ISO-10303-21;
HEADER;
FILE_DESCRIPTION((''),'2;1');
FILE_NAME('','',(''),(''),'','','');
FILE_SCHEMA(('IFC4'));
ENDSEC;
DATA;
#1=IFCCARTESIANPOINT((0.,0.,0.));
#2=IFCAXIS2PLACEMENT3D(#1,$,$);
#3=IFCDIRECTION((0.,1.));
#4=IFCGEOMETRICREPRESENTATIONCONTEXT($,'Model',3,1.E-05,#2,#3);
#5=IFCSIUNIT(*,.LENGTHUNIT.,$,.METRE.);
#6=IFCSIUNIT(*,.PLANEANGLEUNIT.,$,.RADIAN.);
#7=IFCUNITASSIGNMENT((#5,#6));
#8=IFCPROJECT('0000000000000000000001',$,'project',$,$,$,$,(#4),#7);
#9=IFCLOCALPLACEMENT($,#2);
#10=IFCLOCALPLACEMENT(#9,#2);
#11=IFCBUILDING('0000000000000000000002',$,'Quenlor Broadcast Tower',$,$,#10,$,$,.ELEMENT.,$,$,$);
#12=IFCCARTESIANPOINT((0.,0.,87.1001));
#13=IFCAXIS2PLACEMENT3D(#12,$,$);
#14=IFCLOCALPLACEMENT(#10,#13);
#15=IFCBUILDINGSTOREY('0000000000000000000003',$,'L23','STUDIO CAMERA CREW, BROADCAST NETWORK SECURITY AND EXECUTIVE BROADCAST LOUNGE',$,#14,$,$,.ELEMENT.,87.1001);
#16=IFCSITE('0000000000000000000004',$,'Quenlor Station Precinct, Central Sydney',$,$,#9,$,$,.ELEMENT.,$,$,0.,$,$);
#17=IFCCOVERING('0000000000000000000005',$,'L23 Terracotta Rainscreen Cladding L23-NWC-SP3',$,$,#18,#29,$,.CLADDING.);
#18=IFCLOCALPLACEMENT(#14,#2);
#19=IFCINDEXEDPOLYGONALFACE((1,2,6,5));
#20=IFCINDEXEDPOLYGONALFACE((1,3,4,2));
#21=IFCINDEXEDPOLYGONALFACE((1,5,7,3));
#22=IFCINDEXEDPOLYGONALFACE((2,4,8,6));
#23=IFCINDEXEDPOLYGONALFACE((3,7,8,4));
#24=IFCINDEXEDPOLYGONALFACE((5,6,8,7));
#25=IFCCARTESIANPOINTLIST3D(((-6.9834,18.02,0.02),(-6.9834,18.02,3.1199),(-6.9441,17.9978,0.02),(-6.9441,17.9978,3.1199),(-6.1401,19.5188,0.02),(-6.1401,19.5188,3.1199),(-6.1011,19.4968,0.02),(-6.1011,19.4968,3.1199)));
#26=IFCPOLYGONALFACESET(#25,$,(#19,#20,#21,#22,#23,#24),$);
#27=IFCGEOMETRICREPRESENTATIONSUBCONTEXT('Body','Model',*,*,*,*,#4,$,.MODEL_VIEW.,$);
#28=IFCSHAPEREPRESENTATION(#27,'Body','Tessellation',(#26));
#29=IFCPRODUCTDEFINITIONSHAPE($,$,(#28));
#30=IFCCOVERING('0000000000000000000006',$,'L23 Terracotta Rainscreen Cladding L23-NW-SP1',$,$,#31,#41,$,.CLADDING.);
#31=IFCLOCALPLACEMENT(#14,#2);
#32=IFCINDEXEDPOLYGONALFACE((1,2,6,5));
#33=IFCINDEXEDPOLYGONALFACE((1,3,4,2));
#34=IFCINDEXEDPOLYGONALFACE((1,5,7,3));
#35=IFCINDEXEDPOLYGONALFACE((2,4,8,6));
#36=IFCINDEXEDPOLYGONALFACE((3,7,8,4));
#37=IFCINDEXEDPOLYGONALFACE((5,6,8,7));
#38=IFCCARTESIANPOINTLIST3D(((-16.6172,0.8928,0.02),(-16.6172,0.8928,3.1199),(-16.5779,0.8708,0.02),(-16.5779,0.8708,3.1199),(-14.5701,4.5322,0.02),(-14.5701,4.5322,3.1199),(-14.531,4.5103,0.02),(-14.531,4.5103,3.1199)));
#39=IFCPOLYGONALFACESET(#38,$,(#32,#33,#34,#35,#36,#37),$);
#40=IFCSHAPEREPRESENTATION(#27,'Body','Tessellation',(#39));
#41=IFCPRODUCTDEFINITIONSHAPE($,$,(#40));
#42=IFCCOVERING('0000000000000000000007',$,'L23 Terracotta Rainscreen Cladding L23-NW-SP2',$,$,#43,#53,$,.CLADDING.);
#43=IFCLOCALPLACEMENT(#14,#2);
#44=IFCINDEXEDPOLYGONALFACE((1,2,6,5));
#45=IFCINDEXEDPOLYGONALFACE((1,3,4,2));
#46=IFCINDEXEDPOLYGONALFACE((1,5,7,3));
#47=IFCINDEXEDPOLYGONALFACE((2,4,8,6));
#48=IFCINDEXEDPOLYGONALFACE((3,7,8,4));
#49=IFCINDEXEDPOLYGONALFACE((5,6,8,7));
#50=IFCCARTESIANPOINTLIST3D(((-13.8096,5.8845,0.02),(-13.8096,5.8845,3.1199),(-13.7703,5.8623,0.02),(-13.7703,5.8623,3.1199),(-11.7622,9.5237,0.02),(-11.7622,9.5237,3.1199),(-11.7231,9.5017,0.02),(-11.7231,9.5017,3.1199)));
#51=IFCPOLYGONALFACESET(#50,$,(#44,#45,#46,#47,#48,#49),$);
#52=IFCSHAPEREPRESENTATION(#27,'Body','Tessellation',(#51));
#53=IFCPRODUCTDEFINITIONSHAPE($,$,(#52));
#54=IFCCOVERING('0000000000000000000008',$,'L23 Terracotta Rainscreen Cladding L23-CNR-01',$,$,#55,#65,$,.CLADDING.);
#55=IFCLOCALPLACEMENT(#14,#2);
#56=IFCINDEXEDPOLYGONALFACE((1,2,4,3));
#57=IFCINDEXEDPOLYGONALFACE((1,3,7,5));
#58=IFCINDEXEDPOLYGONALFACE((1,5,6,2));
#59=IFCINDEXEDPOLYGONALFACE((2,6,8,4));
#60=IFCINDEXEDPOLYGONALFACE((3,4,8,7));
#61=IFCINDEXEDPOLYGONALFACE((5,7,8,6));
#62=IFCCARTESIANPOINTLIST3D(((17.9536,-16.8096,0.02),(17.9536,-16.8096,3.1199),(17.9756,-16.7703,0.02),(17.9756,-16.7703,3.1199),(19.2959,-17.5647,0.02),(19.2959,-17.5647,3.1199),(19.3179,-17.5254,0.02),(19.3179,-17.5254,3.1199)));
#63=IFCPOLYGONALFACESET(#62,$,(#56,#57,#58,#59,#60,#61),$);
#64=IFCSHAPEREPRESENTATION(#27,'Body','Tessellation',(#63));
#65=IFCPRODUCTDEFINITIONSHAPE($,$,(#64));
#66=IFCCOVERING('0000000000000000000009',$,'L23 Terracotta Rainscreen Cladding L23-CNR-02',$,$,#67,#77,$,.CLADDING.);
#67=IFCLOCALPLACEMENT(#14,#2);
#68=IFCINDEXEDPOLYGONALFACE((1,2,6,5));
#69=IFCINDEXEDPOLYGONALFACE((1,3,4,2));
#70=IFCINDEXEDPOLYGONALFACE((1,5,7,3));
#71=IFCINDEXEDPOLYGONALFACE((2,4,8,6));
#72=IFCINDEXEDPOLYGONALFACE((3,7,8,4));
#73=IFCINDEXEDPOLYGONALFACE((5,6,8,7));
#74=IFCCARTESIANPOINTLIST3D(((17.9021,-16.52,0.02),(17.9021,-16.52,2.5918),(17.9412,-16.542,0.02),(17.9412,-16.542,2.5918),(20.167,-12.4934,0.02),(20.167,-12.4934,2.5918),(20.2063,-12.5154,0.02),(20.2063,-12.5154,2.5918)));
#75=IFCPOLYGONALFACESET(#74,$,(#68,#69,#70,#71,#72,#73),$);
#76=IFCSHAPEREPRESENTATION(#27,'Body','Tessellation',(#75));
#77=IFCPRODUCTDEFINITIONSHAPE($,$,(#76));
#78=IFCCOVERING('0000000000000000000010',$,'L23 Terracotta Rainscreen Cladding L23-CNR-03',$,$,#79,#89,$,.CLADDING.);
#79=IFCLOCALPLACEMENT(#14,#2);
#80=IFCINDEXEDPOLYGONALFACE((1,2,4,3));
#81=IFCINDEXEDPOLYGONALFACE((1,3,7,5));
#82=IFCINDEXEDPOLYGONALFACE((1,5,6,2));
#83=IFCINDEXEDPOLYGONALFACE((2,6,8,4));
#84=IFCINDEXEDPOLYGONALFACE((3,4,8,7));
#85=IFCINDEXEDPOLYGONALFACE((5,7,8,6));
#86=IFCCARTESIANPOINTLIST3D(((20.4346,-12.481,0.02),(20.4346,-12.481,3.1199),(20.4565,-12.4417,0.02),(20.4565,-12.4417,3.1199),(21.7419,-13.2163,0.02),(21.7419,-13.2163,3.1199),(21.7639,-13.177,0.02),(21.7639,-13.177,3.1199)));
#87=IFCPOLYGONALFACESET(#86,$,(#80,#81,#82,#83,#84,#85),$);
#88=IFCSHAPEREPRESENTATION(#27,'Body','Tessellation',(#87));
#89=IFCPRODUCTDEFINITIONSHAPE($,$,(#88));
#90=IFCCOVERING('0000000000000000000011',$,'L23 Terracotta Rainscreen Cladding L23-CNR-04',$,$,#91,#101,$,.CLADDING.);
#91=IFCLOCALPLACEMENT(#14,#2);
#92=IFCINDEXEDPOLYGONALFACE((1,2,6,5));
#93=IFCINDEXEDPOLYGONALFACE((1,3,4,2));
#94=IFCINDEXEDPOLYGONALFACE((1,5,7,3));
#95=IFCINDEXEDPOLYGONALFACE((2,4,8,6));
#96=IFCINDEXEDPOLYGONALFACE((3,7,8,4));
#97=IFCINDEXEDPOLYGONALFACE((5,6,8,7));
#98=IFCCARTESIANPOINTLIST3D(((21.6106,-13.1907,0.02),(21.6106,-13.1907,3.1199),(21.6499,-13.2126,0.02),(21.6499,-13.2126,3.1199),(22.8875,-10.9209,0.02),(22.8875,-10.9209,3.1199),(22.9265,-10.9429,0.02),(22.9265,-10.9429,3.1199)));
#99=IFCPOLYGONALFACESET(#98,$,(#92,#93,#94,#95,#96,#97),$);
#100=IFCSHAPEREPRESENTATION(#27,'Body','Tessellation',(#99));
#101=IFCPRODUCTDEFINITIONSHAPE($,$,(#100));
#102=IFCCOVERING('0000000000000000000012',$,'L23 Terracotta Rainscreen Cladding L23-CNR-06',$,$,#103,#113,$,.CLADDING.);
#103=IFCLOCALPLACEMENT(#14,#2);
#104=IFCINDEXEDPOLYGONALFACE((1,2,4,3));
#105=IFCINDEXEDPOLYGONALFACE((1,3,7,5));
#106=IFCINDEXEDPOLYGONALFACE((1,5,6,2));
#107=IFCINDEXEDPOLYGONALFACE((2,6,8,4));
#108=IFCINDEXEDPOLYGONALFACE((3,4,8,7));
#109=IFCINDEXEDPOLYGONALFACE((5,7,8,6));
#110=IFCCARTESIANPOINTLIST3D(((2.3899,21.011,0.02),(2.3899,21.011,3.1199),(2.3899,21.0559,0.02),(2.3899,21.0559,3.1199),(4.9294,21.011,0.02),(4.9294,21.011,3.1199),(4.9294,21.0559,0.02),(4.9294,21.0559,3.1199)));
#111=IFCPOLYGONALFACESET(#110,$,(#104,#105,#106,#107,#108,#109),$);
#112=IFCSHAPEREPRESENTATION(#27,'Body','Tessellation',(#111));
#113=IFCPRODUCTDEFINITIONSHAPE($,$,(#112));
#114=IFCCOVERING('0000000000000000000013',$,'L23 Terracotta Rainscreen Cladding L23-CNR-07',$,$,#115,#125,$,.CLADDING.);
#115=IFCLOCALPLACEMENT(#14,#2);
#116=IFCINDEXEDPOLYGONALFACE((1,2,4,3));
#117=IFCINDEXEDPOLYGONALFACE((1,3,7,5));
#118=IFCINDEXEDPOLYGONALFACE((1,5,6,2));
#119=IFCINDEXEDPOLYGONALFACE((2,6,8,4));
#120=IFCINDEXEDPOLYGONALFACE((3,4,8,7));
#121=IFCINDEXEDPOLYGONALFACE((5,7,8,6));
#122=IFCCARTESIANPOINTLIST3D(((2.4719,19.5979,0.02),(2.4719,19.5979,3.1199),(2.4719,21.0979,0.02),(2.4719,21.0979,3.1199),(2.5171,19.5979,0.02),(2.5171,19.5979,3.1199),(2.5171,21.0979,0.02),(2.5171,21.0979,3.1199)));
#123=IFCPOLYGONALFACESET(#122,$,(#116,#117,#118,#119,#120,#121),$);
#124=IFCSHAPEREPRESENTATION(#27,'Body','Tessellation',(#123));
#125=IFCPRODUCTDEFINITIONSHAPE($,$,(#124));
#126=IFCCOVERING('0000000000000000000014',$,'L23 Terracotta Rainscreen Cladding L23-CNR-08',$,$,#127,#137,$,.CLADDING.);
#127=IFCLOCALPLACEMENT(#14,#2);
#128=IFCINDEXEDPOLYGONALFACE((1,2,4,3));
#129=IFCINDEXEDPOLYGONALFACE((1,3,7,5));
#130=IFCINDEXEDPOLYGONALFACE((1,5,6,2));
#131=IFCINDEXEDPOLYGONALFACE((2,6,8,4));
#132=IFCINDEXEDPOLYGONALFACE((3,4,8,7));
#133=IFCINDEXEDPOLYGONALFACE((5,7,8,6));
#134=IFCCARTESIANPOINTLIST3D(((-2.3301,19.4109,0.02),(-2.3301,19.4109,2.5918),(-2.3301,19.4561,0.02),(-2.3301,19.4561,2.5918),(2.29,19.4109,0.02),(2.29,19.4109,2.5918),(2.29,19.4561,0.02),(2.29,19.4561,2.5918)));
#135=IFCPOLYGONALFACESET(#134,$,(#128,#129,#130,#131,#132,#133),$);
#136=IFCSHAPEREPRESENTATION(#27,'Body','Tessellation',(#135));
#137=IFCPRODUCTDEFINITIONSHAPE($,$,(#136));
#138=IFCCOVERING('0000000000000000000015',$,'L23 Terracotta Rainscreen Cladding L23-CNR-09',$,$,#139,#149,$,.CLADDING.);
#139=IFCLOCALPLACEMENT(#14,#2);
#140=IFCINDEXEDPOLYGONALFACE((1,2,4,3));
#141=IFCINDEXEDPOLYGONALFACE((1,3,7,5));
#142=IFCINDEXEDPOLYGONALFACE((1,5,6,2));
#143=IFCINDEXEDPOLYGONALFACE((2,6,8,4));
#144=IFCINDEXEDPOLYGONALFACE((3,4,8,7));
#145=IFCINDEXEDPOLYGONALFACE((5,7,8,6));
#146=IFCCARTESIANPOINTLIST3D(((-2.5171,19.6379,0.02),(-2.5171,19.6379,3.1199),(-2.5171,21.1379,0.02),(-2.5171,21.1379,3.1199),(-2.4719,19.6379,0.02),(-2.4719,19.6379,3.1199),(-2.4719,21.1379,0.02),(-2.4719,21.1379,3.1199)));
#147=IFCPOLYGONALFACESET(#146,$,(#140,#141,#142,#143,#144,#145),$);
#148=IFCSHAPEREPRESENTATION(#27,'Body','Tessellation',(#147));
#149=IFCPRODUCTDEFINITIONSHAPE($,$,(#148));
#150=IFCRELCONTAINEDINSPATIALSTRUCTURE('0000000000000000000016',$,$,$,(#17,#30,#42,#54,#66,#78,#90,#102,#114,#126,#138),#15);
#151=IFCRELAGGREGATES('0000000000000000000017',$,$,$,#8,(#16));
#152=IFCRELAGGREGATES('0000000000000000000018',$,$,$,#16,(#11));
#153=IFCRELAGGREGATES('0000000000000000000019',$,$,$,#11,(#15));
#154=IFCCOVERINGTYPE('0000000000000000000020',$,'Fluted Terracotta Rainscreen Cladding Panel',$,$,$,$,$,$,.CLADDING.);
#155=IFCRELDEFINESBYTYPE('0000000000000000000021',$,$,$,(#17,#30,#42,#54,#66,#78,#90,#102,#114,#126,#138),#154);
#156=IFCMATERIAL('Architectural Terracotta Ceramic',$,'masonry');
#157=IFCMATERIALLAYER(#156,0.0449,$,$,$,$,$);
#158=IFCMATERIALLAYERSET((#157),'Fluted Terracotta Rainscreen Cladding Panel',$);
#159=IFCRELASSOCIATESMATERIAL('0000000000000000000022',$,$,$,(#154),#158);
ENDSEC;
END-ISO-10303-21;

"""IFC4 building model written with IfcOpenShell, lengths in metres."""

from ifc_helpers import new_model, si_unit, direction, frame, origin, place, context, subcontext, project, spatial, polyline, outline, extrude, material, layer, layer_set, type_object, element, save


model = new_model("IFC4")

# Units and contexts
model_context = context("Model", 3, precision=1e-05, world=origin(), true_north=direction((0.0, 1.0)))
body_context = subcontext(model_context, "Body", "Model", "MODEL_VIEW")
ifc_project = project(units=[si_unit("LENGTHUNIT", "METRE"), si_unit("PLANEANGLEUNIT", "RADIAN")], contexts=[model_context])

# Site, building, storey
site_placement = place(None, origin())
site = spatial("IfcSite", under=ifc_project, at=site_placement, Name="Quenlor Station Precinct, Central Sydney", CompositionType="ELEMENT", RefElevation=0.0)
building_placement = place(site_placement, origin())
building = spatial("IfcBuilding", under=site, at=building_placement, Name="Quenlor Broadcast Tower", CompositionType="ELEMENT")
storey_placement = place(building_placement, frame((0.0, 0.0, 87.1001)))
storey = spatial("IfcBuildingStorey", under=building, at=storey_placement, Name="L23", Description="STUDIO CAMERA CREW, BROADCAST NETWORK SECURITY AND EXECUTIVE BROADCAST LOUNGE", CompositionType="ELEMENT", Elevation=87.1001)

# Coverings
ifc_material = material(Name="Architectural Terracotta Ceramic", Category="masonry")
ifc_layer = layer(ifc_material, 0.0449)
ifc_layer_set = layer_set([ifc_layer], Name="Fluted Terracotta Rainscreen Cladding Panel")
covering_type = type_object("IfcCoveringType", Name="Fluted Terracotta Rainscreen Cladding Panel", PredefinedType="CLADDING", material=ifc_layer_set)
covering_1_placement = place(storey_placement, frame((0.0, 0.0, 0.02)))
element("IfcCovering", 1, at=covering_1_placement, inside=storey, type_object=covering_type, Name="L23 Terracotta Rainscreen Cladding L23-NWC-SP3", PredefinedType="CLADDING", context=body_context, shape_type="SweptSolid", body=[
    extrude(outline(polyline([(-6.9441, 17.9978), (-6.1011, 19.4968), (-6.1401, 19.5188), (-6.9834, 18.02), (-6.9441, 17.9978)])), origin(), (0.0, 0.0, 1.0), 3.0999),
])
covering_2_placement = place(storey_placement, frame((0.0, 0.0, 0.02)))
element("IfcCovering", 2, at=covering_2_placement, inside=storey, type_object=covering_type, Name="L23 Terracotta Rainscreen Cladding L23-NW-SP1", PredefinedType="CLADDING", context=body_context, shape_type="SweptSolid", body=[
    extrude(outline(polyline([(-16.5779, 0.8708), (-14.531, 4.5103), (-14.5701, 4.5322), (-16.6172, 0.8928), (-16.5779, 0.8708)])), origin(), (0.0, 0.0, 1.0), 3.0999),
])
covering_3_placement = place(storey_placement, frame((0.0, 0.0, 0.02)))
element("IfcCovering", 3, at=covering_3_placement, inside=storey, type_object=covering_type, Name="L23 Terracotta Rainscreen Cladding L23-NW-SP2", PredefinedType="CLADDING", context=body_context, shape_type="SweptSolid", body=[
    extrude(outline(polyline([(-13.7703, 5.8623), (-11.7231, 9.5017), (-11.7622, 9.5237), (-13.8096, 5.8845), (-13.7703, 5.8623)])), origin(), (0.0, 0.0, 1.0), 3.0999),
])
covering_4_placement = place(storey_placement, frame((0.0, 0.0, 0.02)))
element("IfcCovering", 4, at=covering_4_placement, inside=storey, type_object=covering_type, Name="L23 Terracotta Rainscreen Cladding L23-CNR-01", PredefinedType="CLADDING", context=body_context, shape_type="SweptSolid", body=[
    extrude(outline(polyline([(19.3179, -17.5254), (17.9756, -16.7703), (17.9536, -16.8096), (19.2959, -17.5647), (19.3179, -17.5254)])), origin(), (0.0, 0.0, 1.0), 3.0999),
])
covering_5_placement = place(storey_placement, frame((0.0, 0.0, 0.02)))
element("IfcCovering", 5, at=covering_5_placement, inside=storey, type_object=covering_type, Name="L23 Terracotta Rainscreen Cladding L23-CNR-02", PredefinedType="CLADDING", context=body_context, shape_type="SweptSolid", body=[
    extrude(outline(polyline([(17.9412, -16.542), (20.2063, -12.5154), (20.167, -12.4934), (17.9021, -16.52), (17.9412, -16.542)])), origin(), (0.0, 0.0, 1.0), 2.5718),
])
covering_6_placement = place(storey_placement, frame((0.0, 0.0, 0.02)))
element("IfcCovering", 6, at=covering_6_placement, inside=storey, type_object=covering_type, Name="L23 Terracotta Rainscreen Cladding L23-CNR-03", PredefinedType="CLADDING", context=body_context, shape_type="SweptSolid", body=[
    extrude(outline(polyline([(20.4346, -12.481), (21.7419, -13.2163), (21.7639, -13.177), (20.4565, -12.4417), (20.4346, -12.481)])), origin(), (0.0, 0.0, 1.0), 3.0999),
])
covering_7_placement = place(storey_placement, frame((0.0, 0.0, 0.02)))
element("IfcCovering", 7, at=covering_7_placement, inside=storey, type_object=covering_type, Name="L23 Terracotta Rainscreen Cladding L23-CNR-04", PredefinedType="CLADDING", context=body_context, shape_type="SweptSolid", body=[
    extrude(outline(polyline([(21.6499, -13.2126), (22.9265, -10.9429), (22.8875, -10.9209), (21.6106, -13.1907), (21.6499, -13.2126)])), origin(), (0.0, 0.0, 1.0), 3.0999),
])
covering_8_placement = place(storey_placement, frame((0.0, 0.0, 0.02)))
element("IfcCovering", 8, at=covering_8_placement, inside=storey, type_object=covering_type, Name="L23 Terracotta Rainscreen Cladding L23-CNR-06", PredefinedType="CLADDING", context=body_context, shape_type="SweptSolid", body=[
    extrude(outline(polyline([(4.9294, 21.0559), (2.3899, 21.0559), (2.3899, 21.011), (4.9294, 21.011), (4.9294, 21.0559)])), origin(), (0.0, 0.0, 1.0), 3.0999),
])
covering_9_placement = place(storey_placement, frame((0.0, 0.0, 0.02)))
element("IfcCovering", 9, at=covering_9_placement, inside=storey, type_object=covering_type, Name="L23 Terracotta Rainscreen Cladding L23-CNR-07", PredefinedType="CLADDING", context=body_context, shape_type="SweptSolid", body=[
    extrude(outline(polyline([(2.4719, 21.0979), (2.4719, 19.5979), (2.5171, 19.5979), (2.5171, 21.0979), (2.4719, 21.0979)])), origin(), (0.0, 0.0, 1.0), 3.0999),
])
covering_10_placement = place(storey_placement, frame((0.0, 0.0, 0.02)))
element("IfcCovering", 10, at=covering_10_placement, inside=storey, type_object=covering_type, Name="L23 Terracotta Rainscreen Cladding L23-CNR-08", PredefinedType="CLADDING", context=body_context, shape_type="SweptSolid", body=[
    extrude(outline(polyline([(2.29, 19.4561), (-2.3301, 19.4561), (-2.3301, 19.4109), (2.29, 19.4109), (2.29, 19.4561)])), origin(), (0.0, 0.0, 1.0), 2.5718),
])
covering_11_placement = place(storey_placement, frame((0.0, 0.0, 0.02)))
element("IfcCovering", 11, at=covering_11_placement, inside=storey, type_object=covering_type, Name="L23 Terracotta Rainscreen Cladding L23-CNR-09", PredefinedType="CLADDING", context=body_context, shape_type="SweptSolid", body=[
    extrude(outline(polyline([(-2.4719, 19.6379), (-2.4719, 21.1379), (-2.5171, 21.1379), (-2.5171, 19.6379), (-2.4719, 19.6379)])), origin(), (0.0, 0.0, 1.0), 3.0999),
])

save(model, "model.ifc")
